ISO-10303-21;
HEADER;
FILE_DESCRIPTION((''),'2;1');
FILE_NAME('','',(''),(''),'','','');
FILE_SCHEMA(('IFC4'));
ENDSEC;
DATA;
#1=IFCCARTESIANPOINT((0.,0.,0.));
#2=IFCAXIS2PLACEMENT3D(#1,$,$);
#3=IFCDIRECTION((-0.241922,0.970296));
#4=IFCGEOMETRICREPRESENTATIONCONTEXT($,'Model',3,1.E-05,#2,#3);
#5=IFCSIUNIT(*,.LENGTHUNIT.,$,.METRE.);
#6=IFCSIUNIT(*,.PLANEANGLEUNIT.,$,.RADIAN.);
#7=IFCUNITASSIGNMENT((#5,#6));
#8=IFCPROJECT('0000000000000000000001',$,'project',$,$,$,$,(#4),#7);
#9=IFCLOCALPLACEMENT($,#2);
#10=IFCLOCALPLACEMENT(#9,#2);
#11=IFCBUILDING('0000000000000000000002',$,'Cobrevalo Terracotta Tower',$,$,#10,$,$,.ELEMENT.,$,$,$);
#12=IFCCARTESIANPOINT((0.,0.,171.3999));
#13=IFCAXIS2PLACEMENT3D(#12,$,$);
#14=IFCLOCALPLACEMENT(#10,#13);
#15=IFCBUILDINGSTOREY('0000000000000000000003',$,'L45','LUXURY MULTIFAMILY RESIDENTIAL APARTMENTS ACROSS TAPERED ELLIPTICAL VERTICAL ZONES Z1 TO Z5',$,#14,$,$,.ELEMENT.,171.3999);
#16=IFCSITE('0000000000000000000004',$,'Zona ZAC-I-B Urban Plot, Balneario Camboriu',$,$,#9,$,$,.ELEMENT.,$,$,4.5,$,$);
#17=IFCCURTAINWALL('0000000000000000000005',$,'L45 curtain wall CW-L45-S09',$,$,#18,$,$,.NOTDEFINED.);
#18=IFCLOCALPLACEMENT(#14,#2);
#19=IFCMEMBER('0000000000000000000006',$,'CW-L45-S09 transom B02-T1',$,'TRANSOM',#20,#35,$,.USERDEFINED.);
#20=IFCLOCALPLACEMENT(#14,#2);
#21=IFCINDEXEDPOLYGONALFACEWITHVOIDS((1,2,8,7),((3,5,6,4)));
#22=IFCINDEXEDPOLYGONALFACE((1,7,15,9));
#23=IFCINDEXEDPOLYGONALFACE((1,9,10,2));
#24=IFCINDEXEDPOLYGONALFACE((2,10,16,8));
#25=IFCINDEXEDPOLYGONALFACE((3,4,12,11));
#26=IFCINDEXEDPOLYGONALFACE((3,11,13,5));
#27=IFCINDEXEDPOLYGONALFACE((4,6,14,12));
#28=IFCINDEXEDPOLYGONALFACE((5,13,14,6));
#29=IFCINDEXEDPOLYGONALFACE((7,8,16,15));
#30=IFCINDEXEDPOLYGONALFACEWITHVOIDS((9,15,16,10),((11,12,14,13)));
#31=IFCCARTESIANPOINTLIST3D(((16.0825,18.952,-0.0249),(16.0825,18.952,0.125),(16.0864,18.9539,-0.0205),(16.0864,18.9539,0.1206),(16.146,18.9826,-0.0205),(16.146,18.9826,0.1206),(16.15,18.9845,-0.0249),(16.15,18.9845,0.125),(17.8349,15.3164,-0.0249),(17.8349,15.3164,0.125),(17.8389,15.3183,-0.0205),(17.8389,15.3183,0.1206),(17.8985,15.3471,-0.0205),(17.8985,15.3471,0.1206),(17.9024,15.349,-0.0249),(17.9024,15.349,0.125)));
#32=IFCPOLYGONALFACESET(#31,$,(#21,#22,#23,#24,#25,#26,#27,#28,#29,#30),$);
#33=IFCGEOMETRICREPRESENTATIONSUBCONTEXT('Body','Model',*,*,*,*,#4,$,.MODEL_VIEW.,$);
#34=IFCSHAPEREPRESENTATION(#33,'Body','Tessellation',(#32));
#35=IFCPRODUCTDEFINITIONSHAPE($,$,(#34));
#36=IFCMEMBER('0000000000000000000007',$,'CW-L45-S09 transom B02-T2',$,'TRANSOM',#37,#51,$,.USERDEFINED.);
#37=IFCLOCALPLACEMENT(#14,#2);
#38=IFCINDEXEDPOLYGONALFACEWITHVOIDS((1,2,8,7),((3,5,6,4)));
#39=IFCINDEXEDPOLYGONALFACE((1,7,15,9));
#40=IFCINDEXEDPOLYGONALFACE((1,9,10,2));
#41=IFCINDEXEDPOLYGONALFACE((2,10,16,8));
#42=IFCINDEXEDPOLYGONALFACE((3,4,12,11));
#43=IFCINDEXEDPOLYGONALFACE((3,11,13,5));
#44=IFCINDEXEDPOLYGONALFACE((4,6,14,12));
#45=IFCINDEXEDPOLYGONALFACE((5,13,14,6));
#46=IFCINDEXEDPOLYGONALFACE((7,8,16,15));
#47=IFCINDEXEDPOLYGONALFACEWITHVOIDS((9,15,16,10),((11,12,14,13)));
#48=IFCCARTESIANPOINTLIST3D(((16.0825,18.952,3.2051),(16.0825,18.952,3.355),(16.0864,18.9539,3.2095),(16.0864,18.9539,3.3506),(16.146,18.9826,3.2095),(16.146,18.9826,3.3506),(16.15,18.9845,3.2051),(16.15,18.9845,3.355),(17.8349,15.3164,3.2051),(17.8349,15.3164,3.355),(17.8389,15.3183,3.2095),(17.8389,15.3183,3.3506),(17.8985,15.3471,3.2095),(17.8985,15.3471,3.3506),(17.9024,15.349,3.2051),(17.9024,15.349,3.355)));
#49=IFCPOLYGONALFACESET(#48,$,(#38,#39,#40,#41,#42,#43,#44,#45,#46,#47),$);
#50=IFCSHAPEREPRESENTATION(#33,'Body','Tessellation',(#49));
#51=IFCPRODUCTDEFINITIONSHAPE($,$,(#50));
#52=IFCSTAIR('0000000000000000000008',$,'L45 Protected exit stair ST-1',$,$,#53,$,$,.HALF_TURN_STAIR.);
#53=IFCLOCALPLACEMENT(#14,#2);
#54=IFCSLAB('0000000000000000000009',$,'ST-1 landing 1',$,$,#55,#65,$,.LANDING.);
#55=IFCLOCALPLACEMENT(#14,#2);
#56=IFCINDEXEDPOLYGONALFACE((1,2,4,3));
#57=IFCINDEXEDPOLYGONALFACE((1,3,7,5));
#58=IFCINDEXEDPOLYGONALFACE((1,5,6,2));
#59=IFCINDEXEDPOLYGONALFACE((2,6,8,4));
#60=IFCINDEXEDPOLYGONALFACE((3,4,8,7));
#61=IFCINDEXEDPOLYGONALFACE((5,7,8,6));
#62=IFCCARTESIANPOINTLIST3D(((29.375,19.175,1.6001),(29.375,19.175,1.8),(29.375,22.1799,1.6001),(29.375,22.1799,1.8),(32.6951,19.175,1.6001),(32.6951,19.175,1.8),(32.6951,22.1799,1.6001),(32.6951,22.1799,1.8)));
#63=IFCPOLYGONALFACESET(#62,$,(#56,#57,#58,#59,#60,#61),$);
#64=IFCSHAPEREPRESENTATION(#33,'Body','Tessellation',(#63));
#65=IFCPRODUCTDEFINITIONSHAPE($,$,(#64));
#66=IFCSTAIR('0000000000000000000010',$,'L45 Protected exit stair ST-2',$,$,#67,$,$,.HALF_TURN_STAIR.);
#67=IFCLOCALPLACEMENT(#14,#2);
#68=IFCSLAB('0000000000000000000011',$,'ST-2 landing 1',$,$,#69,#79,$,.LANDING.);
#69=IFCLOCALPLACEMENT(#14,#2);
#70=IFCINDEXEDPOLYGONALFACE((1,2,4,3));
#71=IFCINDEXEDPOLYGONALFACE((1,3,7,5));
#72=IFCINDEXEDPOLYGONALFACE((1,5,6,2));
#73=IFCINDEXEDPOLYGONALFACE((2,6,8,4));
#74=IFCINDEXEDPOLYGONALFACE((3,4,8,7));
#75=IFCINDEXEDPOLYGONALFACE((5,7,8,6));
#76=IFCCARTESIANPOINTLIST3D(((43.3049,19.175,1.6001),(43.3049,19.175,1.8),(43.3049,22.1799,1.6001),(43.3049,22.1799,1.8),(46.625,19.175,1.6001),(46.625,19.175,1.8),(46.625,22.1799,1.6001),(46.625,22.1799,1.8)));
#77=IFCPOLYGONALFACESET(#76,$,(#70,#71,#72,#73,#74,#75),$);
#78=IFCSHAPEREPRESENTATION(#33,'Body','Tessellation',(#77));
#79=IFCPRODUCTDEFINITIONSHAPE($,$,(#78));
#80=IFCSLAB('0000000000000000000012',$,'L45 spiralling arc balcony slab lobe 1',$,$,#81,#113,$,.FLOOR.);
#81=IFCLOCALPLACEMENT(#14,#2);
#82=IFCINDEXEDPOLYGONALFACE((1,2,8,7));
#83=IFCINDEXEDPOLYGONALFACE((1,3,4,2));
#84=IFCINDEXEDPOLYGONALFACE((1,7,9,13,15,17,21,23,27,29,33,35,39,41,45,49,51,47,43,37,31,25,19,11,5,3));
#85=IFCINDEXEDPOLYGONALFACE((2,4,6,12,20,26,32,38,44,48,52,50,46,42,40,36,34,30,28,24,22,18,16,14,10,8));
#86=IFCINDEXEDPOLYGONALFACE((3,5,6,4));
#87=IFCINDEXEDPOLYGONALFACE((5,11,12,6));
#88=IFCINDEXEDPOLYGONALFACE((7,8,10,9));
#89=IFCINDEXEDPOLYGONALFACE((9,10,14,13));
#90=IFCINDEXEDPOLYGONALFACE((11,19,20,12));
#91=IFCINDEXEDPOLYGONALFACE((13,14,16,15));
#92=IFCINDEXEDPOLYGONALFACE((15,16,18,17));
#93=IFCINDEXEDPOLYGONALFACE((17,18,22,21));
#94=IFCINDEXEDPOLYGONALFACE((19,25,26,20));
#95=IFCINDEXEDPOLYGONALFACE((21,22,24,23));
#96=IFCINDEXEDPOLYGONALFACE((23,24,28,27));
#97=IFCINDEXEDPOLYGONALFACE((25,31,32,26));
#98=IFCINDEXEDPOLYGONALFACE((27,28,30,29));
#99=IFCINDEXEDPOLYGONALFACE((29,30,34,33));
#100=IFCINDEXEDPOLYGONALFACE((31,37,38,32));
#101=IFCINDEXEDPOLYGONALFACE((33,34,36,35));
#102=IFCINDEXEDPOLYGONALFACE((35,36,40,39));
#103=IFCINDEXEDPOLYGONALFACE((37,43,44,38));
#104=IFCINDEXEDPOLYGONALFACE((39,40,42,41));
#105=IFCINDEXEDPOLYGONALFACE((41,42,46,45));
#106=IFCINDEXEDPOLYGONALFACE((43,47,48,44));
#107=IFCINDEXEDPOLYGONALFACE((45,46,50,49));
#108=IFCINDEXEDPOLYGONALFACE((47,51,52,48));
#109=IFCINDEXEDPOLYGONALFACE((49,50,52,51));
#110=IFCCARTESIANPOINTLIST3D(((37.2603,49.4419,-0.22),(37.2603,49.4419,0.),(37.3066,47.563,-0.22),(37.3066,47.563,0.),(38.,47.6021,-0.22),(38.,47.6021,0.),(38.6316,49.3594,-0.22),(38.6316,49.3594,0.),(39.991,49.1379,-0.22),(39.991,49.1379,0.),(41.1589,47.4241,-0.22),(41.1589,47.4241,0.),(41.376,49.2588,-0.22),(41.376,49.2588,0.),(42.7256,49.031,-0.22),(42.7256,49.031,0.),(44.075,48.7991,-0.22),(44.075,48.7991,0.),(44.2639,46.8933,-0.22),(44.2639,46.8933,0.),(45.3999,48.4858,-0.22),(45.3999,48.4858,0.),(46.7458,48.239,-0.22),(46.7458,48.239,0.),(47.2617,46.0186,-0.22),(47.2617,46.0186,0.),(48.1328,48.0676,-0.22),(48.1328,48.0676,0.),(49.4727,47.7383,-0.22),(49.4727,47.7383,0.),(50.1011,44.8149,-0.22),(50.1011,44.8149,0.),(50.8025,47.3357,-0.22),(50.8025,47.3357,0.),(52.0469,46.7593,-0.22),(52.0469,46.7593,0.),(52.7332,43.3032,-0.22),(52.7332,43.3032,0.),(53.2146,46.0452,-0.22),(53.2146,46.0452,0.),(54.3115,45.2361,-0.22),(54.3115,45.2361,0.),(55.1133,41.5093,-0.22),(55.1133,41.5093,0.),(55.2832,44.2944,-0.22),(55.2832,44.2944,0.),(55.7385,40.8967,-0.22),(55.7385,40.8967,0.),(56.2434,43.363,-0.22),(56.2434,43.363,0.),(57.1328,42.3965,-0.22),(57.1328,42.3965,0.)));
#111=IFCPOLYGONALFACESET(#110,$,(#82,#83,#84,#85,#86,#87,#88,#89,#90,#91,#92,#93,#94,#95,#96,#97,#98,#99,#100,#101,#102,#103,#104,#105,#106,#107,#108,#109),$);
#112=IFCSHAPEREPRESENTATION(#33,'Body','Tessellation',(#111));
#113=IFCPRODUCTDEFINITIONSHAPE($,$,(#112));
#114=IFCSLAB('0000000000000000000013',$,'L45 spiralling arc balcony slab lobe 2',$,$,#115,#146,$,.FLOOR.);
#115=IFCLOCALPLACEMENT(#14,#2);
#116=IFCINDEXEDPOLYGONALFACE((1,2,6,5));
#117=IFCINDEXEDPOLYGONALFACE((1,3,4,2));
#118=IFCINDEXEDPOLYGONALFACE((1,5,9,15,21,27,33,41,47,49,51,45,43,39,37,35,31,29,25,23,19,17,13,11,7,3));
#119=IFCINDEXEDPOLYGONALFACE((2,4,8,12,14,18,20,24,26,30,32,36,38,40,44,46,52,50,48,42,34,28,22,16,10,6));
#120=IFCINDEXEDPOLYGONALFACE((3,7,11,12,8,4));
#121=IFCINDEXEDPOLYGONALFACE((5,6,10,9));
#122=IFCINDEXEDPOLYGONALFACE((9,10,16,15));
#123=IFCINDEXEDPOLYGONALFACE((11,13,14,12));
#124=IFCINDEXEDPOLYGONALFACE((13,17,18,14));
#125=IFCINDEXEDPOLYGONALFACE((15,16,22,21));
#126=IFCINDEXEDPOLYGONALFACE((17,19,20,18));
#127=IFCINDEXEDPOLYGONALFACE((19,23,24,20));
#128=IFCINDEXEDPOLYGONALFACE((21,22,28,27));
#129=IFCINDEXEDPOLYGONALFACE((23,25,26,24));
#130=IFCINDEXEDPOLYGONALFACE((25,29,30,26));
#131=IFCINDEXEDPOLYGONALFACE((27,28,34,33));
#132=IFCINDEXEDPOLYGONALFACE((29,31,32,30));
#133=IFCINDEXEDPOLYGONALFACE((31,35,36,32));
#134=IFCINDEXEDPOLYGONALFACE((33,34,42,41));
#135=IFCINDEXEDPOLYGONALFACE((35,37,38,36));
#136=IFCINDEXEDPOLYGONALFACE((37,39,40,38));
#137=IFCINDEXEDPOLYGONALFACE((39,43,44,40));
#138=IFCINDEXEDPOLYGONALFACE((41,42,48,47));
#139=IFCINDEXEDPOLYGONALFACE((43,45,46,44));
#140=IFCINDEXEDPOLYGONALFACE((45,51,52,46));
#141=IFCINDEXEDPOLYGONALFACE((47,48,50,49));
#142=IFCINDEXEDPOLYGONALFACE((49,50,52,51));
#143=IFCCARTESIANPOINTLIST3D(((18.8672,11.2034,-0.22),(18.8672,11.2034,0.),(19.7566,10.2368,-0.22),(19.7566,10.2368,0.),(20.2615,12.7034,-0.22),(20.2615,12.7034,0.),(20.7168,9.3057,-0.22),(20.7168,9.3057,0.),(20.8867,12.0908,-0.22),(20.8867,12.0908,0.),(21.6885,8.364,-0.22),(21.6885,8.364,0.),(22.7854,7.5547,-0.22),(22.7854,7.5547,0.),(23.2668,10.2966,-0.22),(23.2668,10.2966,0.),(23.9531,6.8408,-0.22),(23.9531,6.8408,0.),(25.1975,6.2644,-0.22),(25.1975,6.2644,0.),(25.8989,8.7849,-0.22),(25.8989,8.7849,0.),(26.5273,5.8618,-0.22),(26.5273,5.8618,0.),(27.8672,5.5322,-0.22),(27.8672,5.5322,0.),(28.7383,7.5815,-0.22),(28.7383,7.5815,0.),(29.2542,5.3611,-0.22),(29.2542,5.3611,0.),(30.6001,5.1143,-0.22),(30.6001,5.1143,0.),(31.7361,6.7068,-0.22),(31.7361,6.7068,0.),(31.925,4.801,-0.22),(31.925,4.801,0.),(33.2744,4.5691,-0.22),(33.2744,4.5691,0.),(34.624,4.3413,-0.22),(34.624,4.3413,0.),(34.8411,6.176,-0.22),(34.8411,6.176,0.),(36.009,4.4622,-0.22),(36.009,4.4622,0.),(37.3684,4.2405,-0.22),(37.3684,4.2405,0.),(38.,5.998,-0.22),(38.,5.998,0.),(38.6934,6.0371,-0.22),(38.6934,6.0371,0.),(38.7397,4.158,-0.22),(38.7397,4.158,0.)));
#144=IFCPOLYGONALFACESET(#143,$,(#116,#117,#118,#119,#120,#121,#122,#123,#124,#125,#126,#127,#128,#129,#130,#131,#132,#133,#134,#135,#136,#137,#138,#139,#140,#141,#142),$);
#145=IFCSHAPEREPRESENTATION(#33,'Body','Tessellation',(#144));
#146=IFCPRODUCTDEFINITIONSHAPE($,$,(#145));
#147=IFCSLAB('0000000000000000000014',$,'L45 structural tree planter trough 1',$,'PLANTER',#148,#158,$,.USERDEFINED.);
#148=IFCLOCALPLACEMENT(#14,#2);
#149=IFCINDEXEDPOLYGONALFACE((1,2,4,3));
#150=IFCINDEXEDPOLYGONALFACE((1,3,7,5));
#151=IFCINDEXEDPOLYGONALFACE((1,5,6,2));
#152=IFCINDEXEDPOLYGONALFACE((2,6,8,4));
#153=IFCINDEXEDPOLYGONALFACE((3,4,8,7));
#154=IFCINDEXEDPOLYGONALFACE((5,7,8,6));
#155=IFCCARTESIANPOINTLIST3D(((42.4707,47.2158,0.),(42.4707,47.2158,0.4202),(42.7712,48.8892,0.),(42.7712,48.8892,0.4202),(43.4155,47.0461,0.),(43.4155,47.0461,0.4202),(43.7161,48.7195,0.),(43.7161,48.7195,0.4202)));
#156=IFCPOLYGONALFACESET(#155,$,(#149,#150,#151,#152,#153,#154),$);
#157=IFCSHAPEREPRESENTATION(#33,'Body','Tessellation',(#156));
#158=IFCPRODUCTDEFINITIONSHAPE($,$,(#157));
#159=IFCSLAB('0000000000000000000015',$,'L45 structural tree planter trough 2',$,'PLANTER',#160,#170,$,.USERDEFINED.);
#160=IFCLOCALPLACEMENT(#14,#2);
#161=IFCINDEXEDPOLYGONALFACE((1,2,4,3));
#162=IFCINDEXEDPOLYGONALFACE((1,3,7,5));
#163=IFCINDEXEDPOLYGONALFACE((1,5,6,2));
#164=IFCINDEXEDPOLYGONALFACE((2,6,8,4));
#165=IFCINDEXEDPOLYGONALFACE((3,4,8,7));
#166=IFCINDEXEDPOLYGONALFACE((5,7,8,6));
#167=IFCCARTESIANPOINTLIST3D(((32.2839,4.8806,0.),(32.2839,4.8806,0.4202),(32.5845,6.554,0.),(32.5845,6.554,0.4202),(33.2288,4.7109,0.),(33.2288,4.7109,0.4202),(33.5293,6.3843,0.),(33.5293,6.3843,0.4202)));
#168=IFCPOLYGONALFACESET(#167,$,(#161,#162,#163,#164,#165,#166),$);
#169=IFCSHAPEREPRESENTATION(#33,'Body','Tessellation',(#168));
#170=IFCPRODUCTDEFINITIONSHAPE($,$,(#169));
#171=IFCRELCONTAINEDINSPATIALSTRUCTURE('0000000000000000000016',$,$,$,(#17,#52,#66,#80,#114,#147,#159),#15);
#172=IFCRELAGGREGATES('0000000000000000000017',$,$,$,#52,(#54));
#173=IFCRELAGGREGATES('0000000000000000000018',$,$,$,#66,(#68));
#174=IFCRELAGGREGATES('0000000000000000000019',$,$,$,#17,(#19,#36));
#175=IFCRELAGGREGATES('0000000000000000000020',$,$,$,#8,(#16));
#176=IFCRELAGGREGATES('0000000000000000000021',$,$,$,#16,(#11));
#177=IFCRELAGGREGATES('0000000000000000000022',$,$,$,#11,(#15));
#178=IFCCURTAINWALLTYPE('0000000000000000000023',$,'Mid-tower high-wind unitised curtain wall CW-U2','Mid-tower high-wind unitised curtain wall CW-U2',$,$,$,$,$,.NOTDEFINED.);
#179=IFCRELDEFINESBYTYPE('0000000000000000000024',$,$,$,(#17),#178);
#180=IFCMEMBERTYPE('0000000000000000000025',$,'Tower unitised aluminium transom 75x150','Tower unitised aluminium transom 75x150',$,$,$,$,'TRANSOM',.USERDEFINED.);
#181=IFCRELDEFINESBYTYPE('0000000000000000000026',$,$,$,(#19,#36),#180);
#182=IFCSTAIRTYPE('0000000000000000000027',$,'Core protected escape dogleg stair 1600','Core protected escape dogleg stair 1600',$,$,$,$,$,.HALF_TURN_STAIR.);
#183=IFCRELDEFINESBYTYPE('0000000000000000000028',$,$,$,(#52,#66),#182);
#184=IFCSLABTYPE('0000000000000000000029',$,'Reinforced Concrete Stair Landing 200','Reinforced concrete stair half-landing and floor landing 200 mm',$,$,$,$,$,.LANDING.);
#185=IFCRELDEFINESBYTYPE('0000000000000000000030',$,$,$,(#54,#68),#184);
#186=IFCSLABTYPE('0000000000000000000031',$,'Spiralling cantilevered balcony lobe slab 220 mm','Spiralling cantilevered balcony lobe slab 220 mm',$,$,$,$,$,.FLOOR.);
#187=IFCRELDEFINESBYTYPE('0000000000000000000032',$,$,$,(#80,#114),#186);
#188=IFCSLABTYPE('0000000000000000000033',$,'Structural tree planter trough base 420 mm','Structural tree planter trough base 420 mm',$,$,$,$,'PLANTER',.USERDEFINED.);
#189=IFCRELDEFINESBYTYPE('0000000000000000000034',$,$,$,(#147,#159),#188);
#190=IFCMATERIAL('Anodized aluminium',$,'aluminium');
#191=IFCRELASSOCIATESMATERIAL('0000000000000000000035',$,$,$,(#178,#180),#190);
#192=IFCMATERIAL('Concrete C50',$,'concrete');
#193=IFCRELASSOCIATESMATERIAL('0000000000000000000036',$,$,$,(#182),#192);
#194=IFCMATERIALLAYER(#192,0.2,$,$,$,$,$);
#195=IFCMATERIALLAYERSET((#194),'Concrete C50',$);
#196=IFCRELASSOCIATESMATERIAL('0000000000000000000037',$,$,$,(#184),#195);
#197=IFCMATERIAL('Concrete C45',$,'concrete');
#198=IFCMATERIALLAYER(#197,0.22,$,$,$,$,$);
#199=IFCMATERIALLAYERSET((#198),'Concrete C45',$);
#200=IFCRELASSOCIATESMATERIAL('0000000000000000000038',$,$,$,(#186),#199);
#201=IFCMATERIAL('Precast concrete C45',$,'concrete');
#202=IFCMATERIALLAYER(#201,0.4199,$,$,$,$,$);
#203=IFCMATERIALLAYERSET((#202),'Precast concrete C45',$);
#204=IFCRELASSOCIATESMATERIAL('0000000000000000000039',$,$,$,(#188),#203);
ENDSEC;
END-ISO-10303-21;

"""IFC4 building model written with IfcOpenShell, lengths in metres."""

from ifc_helpers import new_model, si_unit, direction, frame, origin, origin_2d, place, context, subcontext, project, spatial, polyline, hollow_rectangle, outline, extrude, source, transform, mapped, material, layer, layer_set, material_profile, profile_set, type_object, element, aggregate, save


model = new_model("IFC4")

# Units and contexts
model_context = context("Model", 3, precision=1e-05, world=origin(), true_north=direction((-0.241922, 0.970296)))
body_context = subcontext(model_context, "Body", "Model", "MODEL_VIEW")
ifc_project = project(units=[si_unit("LENGTHUNIT", "METRE"), si_unit("PLANEANGLEUNIT", "RADIAN")], contexts=[model_context])

# Site, building, storey
site_placement = place(None, origin())
site = spatial("IfcSite", under=ifc_project, at=site_placement, Name="Zona ZAC-I-B Urban Plot, Balneario Camboriu", CompositionType="ELEMENT", RefElevation=4.5)
building_placement = place(site_placement, origin())
building = spatial("IfcBuilding", under=site, at=building_placement, Name="Cobrevalo Terracotta Tower", CompositionType="ELEMENT")
storey_placement = place(building_placement, frame((0.0, 0.0, 171.3999)))
storey = spatial("IfcBuildingStorey", under=building, at=storey_placement, Name="L45", Description="LUXURY MULTIFAMILY RESIDENTIAL APARTMENTS ACROSS TAPERED ELLIPTICAL VERTICAL ZONES Z1 TO Z5", CompositionType="ELEMENT", Elevation=171.3999)

# Shared definitions
ifc_material_1 = material(Name="Anodized aluminium", Category="aluminium")
curtain_wall_type = type_object("IfcCurtainWallType", Name="Mid-tower high-wind unitised curtain wall CW-U2", Description="Mid-tower high-wind unitised curtain wall CW-U2", PredefinedType="NOTDEFINED", material=ifc_material_1)

# Curtain wall, members
curtain_wall_1_placement = place(storey_placement, origin())
curtain_wall_1 = element("IfcCurtainWall", 1, at=curtain_wall_1_placement, inside=storey, type_object=curtain_wall_type, Name="L45 curtain wall CW-L45-S09", PredefinedType="NOTDEFINED")
ifc_material_profile_1 = material_profile(ifc_material_1, hollow_rectangle(XDim=0.075, YDim=0.1499, WallThickness=0.0044, at=origin_2d()), Name="CWT 75x150")
ifc_profile_set_1 = profile_set([ifc_material_profile_1], Name="Anodized aluminium")
member_type_1 = type_object("IfcMemberType", Name="Tower unitised aluminium transom 75x150", Description="Tower unitised aluminium transom 75x150", ElementType="TRANSOM", PredefinedType="USERDEFINED", material=ifc_profile_set_1)
shared_shape_1 = source(origin(), body_context, "Body", "SweptSolid", [
    extrude(hollow_rectangle(XDim=0.075, YDim=0.1499, WallThickness=0.0044, at=origin_2d()), origin(), (0.0, 0.0, 1.0), 4.0359),
])
member_1_placement = place(storey_placement, frame((16.1162, 18.9683, 0.05), z_axis=(0.434221, -0.900806, 0.0), x_axis=(0.900806, 0.434221, 0.0)))
member_1 = element("IfcMember", 2, at=member_1_placement, type_object=member_type_1, Name="CW-L45-S09 transom B02-T1", ObjectType="TRANSOM", PredefinedType="USERDEFINED", context=body_context, shape_type="MappedRepresentation", body=[
    mapped(shared_shape_1, transform((0.0, 0.0, 0.0), scale=1.0)),
])
member_2_placement = place(storey_placement, frame((16.1162, 18.9683, 3.28), z_axis=(0.434221, -0.900806, 0.0), x_axis=(0.900806, 0.434221, 0.0)))
member_2 = element("IfcMember", 3, at=member_2_placement, type_object=member_type_1, Name="CW-L45-S09 transom B02-T2", ObjectType="TRANSOM", PredefinedType="USERDEFINED", context=body_context, shape_type="MappedRepresentation", body=[
    mapped(shared_shape_1, transform((0.0, 0.0, 0.0), scale=1.0)),
])

# Stairs, slabs
ifc_material_2 = material(Name="Concrete C50", Category="concrete")
stair_type = type_object("IfcStairType", Name="Core protected escape dogleg stair 1600", Description="Core protected escape dogleg stair 1600", PredefinedType="HALF_TURN_STAIR", material=ifc_material_2)
stair_1_placement = place(storey_placement, origin())
stair_1 = element("IfcStair", 4, at=stair_1_placement, inside=storey, type_object=stair_type, Name="L45 Protected exit stair ST-1", PredefinedType="HALF_TURN_STAIR")
ifc_layer_1 = layer(ifc_material_2, 0.2)
ifc_layer_set_1 = layer_set([ifc_layer_1], Name="Concrete C50")
slab_type_1 = type_object("IfcSlabType", Name="Reinforced Concrete Stair Landing 200", Description="Reinforced concrete stair half-landing and floor landing 200 mm", PredefinedType="LANDING", material=ifc_layer_set_1)
slab_1_placement = place(storey_placement, frame((0.0, 0.0, 1.6001)))
slab_1 = element("IfcSlab", 5, at=slab_1_placement, type_object=slab_type_1, Name="ST-1 landing 1", PredefinedType="LANDING", context=body_context, shape_type="SweptSolid", body=[
    extrude(outline(polyline([(29.375, 22.1799), (29.375, 19.175), (32.6951, 19.175), (32.6951, 22.1799), (29.375, 22.1799)])), origin(), (0.0, 0.0, 1.0), 0.2),
])
aggregate(stair_1, [slab_1])
stair_2_placement = place(storey_placement, origin())
stair_2 = element("IfcStair", 6, at=stair_2_placement, inside=storey, type_object=stair_type, Name="L45 Protected exit stair ST-2", PredefinedType="HALF_TURN_STAIR")
slab_2_placement = place(storey_placement, frame((0.0, 0.0, 1.6001)))
slab_2 = element("IfcSlab", 7, at=slab_2_placement, type_object=slab_type_1, Name="ST-2 landing 1", PredefinedType="LANDING", context=body_context, shape_type="SweptSolid", body=[
    extrude(outline(polyline([(43.3049, 22.1799), (43.3049, 19.175), (46.625, 19.175), (46.625, 22.1799), (43.3049, 22.1799)])), origin(), (0.0, 0.0, 1.0), 0.2),
])
aggregate(stair_2, [slab_2])

# Slabs
ifc_material_3 = material(Name="Concrete C45", Category="concrete")
ifc_layer_2 = layer(ifc_material_3, 0.22)
ifc_layer_set_2 = layer_set([ifc_layer_2], Name="Concrete C45")
slab_type_2 = type_object("IfcSlabType", Name="Spiralling cantilevered balcony lobe slab 220 mm", Description="Spiralling cantilevered balcony lobe slab 220 mm", PredefinedType="FLOOR", material=ifc_layer_set_2)
slab_3_placement = place(storey_placement, frame((0.0, 0.0, -0.22)))
element("IfcSlab", 8, at=slab_3_placement, inside=storey, type_object=slab_type_2, Name="L45 spiralling arc balcony slab lobe 1", PredefinedType="FLOOR", context=body_context, shape_type="SweptSolid", body=[
    extrude(outline(polyline([(57.1328, 42.3965), (56.2434, 43.363), (55.2832, 44.2944), (54.3115, 45.2361), (53.2146, 46.0452), (52.0469, 46.7593), (50.8025, 47.3357), (49.4727, 47.7383), (48.1328, 48.0676), (46.7458, 48.239), (45.3999, 48.4858), (44.075, 48.7991), (42.7256, 49.031), (41.376, 49.2588), (39.991, 49.1379), (38.6316, 49.3594), (37.2603, 49.4419), (37.3066, 47.563), (38.0, 47.6021), (41.1589, 47.4241), (44.2639, 46.8933), (47.2617, 46.0186), (50.1011, 44.8149), (52.7332, 43.3032), (55.1133, 41.5093), (55.7385, 40.8967), (57.1328, 42.3965)])), origin(), (0.0, 0.0, 1.0), 0.22),
])
slab_4_placement = place(storey_placement, frame((0.0, 0.0, -0.22)))
element("IfcSlab", 9, at=slab_4_placement, inside=storey, type_object=slab_type_2, Name="L45 spiralling arc balcony slab lobe 2", PredefinedType="FLOOR", context=body_context, shape_type="SweptSolid", body=[
    extrude(outline(polyline([(18.8672, 11.2034), (19.7566, 10.2368), (20.7168, 9.3057), (21.6885, 8.364), (22.7854, 7.5547), (23.9531, 6.8408), (25.1975, 6.2644), (26.5273, 5.8618), (27.8672, 5.5322), (29.2542, 5.3611), (30.6001, 5.1143), (31.925, 4.801), (33.2744, 4.5691), (34.624, 4.3413), (36.009, 4.4622), (37.3684, 4.2405), (38.7397, 4.158), (38.6934, 6.0371), (38.0, 5.998), (34.8411, 6.176), (31.7361, 6.7068), (28.7383, 7.5815), (25.8989, 8.7849), (23.2668, 10.2966), (20.8867, 12.0908), (20.2615, 12.7034), (18.8672, 11.2034)])), origin(), (0.0, 0.0, 1.0), 0.22),
])
ifc_material_4 = material(Name="Precast concrete C45", Category="concrete")
ifc_layer_3 = layer(ifc_material_4, 0.4199)
ifc_layer_set_3 = layer_set([ifc_layer_3], Name="Precast concrete C45")
slab_type_3 = type_object("IfcSlabType", Name="Structural tree planter trough base 420 mm", Description="Structural tree planter trough base 420 mm", ElementType="PLANTER", PredefinedType="USERDEFINED", material=ifc_layer_set_3)
slab_5_placement = place(storey_placement, origin())
element("IfcSlab", 10, at=slab_5_placement, inside=storey, type_object=slab_type_3, Name="L45 structural tree planter trough 1", ObjectType="PLANTER", PredefinedType="USERDEFINED", context=body_context, shape_type="SweptSolid", body=[
    extrude(outline(polyline([(43.4155, 47.0461), (43.7161, 48.7195), (42.7712, 48.8892), (42.4707, 47.2158), (43.4155, 47.0461)])), origin(), (0.0, 0.0, 1.0), 0.4202),
])
slab_6_placement = place(storey_placement, origin())
element("IfcSlab", 11, at=slab_6_placement, inside=storey, type_object=slab_type_3, Name="L45 structural tree planter trough 2", ObjectType="PLANTER", PredefinedType="USERDEFINED", context=body_context, shape_type="SweptSolid", body=[
    extrude(outline(polyline([(32.5845, 6.554), (32.2839, 4.8806), (33.2288, 4.7109), (33.5293, 6.3843), (32.5845, 6.554)])), origin(), (0.0, 0.0, 1.0), 0.4202),
])

aggregate(curtain_wall_1, [member_1, member_2])

save(model, "model.ifc")
